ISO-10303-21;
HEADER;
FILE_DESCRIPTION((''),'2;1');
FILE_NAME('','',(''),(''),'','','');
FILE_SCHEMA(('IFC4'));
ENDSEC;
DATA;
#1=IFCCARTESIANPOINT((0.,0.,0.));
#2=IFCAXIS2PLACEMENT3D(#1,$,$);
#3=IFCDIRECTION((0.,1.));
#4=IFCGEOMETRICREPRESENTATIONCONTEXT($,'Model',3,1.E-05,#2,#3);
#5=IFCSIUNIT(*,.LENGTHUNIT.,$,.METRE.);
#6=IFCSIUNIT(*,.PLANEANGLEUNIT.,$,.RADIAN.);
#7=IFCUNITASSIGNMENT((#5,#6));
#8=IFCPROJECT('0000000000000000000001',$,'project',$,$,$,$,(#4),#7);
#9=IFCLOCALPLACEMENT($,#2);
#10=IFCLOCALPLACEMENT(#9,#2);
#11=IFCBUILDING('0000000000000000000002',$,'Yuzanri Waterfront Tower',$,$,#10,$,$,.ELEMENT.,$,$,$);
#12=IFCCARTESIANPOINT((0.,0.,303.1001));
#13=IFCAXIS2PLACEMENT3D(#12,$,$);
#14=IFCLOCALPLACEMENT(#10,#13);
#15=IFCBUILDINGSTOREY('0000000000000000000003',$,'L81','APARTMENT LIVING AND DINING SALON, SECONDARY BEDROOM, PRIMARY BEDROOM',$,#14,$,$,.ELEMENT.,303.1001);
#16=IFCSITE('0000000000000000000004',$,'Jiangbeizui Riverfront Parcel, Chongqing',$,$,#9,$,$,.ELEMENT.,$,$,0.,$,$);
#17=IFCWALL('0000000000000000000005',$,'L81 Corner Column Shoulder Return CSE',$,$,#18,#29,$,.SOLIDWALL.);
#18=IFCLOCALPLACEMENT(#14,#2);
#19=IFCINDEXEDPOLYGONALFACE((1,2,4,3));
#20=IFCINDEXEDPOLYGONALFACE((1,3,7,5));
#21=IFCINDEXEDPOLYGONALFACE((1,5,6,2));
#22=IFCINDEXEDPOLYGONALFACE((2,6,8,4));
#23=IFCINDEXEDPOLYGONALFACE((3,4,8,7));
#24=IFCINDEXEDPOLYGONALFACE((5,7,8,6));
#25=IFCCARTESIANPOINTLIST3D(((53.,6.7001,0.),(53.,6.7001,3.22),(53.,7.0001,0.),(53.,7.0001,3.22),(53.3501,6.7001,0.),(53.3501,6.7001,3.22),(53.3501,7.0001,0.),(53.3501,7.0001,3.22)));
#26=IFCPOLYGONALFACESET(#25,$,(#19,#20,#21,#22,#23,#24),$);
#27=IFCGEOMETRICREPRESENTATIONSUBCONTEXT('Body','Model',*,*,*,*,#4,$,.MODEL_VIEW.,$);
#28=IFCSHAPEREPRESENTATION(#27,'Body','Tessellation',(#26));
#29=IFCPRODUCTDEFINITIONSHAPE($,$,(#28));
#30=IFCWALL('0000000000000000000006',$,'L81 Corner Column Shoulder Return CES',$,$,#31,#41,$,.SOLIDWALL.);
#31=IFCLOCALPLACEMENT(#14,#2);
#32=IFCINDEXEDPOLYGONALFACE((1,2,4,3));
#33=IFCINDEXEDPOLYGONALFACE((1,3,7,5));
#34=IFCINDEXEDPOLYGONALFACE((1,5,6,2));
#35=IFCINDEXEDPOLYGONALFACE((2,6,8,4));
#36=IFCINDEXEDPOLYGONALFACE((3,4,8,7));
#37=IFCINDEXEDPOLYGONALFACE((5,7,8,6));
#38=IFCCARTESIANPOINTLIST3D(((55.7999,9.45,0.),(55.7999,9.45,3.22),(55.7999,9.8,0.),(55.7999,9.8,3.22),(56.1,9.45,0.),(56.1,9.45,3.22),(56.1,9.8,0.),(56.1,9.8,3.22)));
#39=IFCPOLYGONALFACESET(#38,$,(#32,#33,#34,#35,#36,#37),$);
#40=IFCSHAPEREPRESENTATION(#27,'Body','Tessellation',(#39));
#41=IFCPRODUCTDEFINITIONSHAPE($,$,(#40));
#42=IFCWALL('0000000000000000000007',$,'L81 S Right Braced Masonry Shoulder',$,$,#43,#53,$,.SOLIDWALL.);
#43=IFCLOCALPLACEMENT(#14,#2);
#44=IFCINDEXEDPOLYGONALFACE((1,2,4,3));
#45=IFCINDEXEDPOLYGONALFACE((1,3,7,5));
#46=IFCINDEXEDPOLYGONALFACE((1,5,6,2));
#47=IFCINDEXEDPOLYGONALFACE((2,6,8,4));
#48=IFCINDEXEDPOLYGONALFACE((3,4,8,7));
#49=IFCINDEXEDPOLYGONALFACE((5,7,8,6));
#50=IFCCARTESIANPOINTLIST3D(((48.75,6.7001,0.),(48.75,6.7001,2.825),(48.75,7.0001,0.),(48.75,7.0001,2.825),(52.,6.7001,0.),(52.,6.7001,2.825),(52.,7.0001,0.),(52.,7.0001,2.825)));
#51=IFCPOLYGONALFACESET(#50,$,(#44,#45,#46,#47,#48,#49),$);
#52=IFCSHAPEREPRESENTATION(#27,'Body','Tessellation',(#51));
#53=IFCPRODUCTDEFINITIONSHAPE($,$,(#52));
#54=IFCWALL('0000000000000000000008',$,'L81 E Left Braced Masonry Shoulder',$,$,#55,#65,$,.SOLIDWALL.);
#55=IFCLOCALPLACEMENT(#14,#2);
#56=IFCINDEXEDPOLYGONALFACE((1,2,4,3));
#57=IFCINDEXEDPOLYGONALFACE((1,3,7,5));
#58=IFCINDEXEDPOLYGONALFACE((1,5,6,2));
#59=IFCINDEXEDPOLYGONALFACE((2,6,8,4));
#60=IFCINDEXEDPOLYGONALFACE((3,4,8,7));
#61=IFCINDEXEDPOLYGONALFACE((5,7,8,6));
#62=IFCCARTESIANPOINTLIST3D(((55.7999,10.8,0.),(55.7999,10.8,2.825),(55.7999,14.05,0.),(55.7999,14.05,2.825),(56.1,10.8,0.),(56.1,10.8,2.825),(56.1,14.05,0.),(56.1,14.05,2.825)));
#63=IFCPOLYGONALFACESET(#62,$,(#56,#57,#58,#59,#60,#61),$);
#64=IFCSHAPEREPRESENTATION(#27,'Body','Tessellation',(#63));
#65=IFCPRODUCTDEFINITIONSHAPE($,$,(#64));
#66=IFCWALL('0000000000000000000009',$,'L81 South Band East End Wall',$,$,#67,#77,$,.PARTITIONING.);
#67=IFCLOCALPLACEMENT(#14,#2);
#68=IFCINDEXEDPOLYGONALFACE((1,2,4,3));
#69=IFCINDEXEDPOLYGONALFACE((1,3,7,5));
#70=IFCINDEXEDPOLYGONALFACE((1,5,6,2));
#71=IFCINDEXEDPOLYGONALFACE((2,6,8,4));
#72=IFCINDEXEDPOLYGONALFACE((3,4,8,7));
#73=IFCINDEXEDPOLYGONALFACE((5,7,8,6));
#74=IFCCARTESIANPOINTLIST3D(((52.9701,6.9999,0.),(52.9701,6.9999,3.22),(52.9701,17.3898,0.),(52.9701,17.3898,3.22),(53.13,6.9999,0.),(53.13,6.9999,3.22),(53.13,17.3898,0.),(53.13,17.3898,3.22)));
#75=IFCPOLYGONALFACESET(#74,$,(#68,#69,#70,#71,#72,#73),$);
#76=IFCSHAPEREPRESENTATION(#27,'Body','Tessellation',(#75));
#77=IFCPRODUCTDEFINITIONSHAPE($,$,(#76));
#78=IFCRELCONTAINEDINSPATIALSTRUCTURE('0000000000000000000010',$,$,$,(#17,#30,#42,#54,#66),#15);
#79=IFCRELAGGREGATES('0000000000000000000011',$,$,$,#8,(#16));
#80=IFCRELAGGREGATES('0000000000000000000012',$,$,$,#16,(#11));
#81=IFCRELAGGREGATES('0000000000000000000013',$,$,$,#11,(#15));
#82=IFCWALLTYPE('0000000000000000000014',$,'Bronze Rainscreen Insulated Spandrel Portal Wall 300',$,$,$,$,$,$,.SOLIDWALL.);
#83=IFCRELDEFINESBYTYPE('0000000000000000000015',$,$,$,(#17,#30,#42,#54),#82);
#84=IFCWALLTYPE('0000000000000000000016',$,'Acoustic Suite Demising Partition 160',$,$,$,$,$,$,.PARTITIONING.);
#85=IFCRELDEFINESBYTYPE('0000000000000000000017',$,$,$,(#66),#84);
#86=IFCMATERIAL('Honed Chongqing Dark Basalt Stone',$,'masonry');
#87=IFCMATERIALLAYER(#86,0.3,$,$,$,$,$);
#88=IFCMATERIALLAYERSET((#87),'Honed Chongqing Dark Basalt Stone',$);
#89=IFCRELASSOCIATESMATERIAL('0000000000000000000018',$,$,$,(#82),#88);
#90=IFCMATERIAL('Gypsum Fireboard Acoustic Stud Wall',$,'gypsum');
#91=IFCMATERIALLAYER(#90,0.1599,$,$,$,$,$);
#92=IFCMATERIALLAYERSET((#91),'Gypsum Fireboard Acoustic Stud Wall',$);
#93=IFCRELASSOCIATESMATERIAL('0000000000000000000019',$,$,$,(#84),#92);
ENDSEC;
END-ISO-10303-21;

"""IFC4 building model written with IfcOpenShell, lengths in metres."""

from ifc_helpers import new_model, si_unit, direction, frame, frame_2d, origin, place, context, subcontext, project, spatial, rectangle, extrude, source, transform, mapped, material, layer, layer_set, type_object, element, save


model = new_model("IFC4")

# Units and contexts
model_context = context("Model", 3, precision=1e-05, world=origin(), true_north=direction((0.0, 1.0)))
body_context = subcontext(model_context, "Body", "Model", "MODEL_VIEW")
ifc_project = project(units=[si_unit("LENGTHUNIT", "METRE"), si_unit("PLANEANGLEUNIT", "RADIAN")], contexts=[model_context])

# Site, building, storey
site_placement = place(None, origin())
site = spatial("IfcSite", under=ifc_project, at=site_placement, Name="Jiangbeizui Riverfront Parcel, Chongqing", CompositionType="ELEMENT", RefElevation=0.0)
building_placement = place(site_placement, origin())
building = spatial("IfcBuilding", under=site, at=building_placement, Name="Yuzanri Waterfront Tower", CompositionType="ELEMENT")
storey_placement = place(building_placement, frame((0.0, 0.0, 303.1001)))
storey = spatial("IfcBuildingStorey", under=building, at=storey_placement, Name="L81", Description="APARTMENT LIVING AND DINING SALON, SECONDARY BEDROOM, PRIMARY BEDROOM", CompositionType="ELEMENT", Elevation=303.1001)

# Shared definitions
ifc_material_1 = material(Name="Honed Chongqing Dark Basalt Stone", Category="masonry")
ifc_layer_1 = layer(ifc_material_1, 0.3)
ifc_layer_set_1 = layer_set([ifc_layer_1], Name="Honed Chongqing Dark Basalt Stone")
wall_type_1 = type_object("IfcWallType", Name="Bronze Rainscreen Insulated Spandrel Portal Wall 300", PredefinedType="SOLIDWALL", material=ifc_layer_set_1)

# Walls
shared_shape_1 = source(origin(), body_context, "Body", "SweptSolid", [
    extrude(rectangle(XDim=0.3501, YDim=0.3, at=frame_2d((0.175, 0.0))), origin(), (0.0, 0.0, 1.0), 3.22),
])
for number, where, z_axis, x_axis, name in (
    (1, (53.0, 6.8501, 0.0), (0.0, 0.0, 1.0), (1.0, 0.0, 0.0), "L81 Corner Column Shoulder Return CSE"),
    (2, (55.95, 9.45, 0.0), (0.0, 0.0, 1.0), (0.0, 1.0, 0.0), "L81 Corner Column Shoulder Return CES"),
):
    element("IfcWall", number, at=place(storey_placement, frame(where, z_axis=z_axis, x_axis=x_axis)), inside=storey, type_object=wall_type_1, Name=name, PredefinedType="SOLIDWALL", context=body_context, shape_type="MappedRepresentation", body=[
        mapped(shared_shape_1, transform((0.0, 0.0, 0.0), scale=1.0)),
    ])
shared_shape_2 = source(origin(), body_context, "Body", "SweptSolid", [
    extrude(rectangle(XDim=3.25, YDim=0.3, at=frame_2d((1.625, 0.0))), origin(), (0.0, 0.0, 1.0), 2.825),
])
for number, where, z_axis, x_axis, name in (
    (3, (48.75, 6.8501, 0.0), (0.0, 0.0, 1.0), (1.0, 0.0, 0.0), "L81 S Right Braced Masonry Shoulder"),
    (4, (55.95, 10.8, 0.0), (0.0, 0.0, 1.0), (0.0, 1.0, 0.0), "L81 E Left Braced Masonry Shoulder"),
):
    element("IfcWall", number, at=place(storey_placement, frame(where, z_axis=z_axis, x_axis=x_axis)), inside=storey, type_object=wall_type_1, Name=name, PredefinedType="SOLIDWALL", context=body_context, shape_type="MappedRepresentation", body=[
        mapped(shared_shape_2, transform((0.0, 0.0, 0.0), scale=1.0)),
    ])
ifc_material_2 = material(Name="Gypsum Fireboard Acoustic Stud Wall", Category="gypsum")
ifc_layer_2 = layer(ifc_material_2, 0.1599)
ifc_layer_set_2 = layer_set([ifc_layer_2], Name="Gypsum Fireboard Acoustic Stud Wall")
wall_type_2 = type_object("IfcWallType", Name="Acoustic Suite Demising Partition 160", PredefinedType="PARTITIONING", material=ifc_layer_set_2)
shared_shape_3 = source(origin(), body_context, "Body", "SweptSolid", [
    extrude(rectangle(XDim=10.3899, YDim=0.1599, at=frame_2d((5.1948, 0.0))), origin(), (0.0, 0.0, 1.0), 3.22),
])
wall_1_placement = place(storey_placement, frame((53.05, 7.0, 0.0), z_axis=(0.0, 0.0, 1.0), x_axis=(0.0, 1.0, 0.0)))
element("IfcWall", 5, at=wall_1_placement, inside=storey, type_object=wall_type_2, Name="L81 South Band East End Wall", PredefinedType="PARTITIONING", context=body_context, shape_type="MappedRepresentation", body=[
    mapped(shared_shape_3, transform((0.0, 0.0, 0.0), scale=1.0)),
])

save(model, "model.ifc")
